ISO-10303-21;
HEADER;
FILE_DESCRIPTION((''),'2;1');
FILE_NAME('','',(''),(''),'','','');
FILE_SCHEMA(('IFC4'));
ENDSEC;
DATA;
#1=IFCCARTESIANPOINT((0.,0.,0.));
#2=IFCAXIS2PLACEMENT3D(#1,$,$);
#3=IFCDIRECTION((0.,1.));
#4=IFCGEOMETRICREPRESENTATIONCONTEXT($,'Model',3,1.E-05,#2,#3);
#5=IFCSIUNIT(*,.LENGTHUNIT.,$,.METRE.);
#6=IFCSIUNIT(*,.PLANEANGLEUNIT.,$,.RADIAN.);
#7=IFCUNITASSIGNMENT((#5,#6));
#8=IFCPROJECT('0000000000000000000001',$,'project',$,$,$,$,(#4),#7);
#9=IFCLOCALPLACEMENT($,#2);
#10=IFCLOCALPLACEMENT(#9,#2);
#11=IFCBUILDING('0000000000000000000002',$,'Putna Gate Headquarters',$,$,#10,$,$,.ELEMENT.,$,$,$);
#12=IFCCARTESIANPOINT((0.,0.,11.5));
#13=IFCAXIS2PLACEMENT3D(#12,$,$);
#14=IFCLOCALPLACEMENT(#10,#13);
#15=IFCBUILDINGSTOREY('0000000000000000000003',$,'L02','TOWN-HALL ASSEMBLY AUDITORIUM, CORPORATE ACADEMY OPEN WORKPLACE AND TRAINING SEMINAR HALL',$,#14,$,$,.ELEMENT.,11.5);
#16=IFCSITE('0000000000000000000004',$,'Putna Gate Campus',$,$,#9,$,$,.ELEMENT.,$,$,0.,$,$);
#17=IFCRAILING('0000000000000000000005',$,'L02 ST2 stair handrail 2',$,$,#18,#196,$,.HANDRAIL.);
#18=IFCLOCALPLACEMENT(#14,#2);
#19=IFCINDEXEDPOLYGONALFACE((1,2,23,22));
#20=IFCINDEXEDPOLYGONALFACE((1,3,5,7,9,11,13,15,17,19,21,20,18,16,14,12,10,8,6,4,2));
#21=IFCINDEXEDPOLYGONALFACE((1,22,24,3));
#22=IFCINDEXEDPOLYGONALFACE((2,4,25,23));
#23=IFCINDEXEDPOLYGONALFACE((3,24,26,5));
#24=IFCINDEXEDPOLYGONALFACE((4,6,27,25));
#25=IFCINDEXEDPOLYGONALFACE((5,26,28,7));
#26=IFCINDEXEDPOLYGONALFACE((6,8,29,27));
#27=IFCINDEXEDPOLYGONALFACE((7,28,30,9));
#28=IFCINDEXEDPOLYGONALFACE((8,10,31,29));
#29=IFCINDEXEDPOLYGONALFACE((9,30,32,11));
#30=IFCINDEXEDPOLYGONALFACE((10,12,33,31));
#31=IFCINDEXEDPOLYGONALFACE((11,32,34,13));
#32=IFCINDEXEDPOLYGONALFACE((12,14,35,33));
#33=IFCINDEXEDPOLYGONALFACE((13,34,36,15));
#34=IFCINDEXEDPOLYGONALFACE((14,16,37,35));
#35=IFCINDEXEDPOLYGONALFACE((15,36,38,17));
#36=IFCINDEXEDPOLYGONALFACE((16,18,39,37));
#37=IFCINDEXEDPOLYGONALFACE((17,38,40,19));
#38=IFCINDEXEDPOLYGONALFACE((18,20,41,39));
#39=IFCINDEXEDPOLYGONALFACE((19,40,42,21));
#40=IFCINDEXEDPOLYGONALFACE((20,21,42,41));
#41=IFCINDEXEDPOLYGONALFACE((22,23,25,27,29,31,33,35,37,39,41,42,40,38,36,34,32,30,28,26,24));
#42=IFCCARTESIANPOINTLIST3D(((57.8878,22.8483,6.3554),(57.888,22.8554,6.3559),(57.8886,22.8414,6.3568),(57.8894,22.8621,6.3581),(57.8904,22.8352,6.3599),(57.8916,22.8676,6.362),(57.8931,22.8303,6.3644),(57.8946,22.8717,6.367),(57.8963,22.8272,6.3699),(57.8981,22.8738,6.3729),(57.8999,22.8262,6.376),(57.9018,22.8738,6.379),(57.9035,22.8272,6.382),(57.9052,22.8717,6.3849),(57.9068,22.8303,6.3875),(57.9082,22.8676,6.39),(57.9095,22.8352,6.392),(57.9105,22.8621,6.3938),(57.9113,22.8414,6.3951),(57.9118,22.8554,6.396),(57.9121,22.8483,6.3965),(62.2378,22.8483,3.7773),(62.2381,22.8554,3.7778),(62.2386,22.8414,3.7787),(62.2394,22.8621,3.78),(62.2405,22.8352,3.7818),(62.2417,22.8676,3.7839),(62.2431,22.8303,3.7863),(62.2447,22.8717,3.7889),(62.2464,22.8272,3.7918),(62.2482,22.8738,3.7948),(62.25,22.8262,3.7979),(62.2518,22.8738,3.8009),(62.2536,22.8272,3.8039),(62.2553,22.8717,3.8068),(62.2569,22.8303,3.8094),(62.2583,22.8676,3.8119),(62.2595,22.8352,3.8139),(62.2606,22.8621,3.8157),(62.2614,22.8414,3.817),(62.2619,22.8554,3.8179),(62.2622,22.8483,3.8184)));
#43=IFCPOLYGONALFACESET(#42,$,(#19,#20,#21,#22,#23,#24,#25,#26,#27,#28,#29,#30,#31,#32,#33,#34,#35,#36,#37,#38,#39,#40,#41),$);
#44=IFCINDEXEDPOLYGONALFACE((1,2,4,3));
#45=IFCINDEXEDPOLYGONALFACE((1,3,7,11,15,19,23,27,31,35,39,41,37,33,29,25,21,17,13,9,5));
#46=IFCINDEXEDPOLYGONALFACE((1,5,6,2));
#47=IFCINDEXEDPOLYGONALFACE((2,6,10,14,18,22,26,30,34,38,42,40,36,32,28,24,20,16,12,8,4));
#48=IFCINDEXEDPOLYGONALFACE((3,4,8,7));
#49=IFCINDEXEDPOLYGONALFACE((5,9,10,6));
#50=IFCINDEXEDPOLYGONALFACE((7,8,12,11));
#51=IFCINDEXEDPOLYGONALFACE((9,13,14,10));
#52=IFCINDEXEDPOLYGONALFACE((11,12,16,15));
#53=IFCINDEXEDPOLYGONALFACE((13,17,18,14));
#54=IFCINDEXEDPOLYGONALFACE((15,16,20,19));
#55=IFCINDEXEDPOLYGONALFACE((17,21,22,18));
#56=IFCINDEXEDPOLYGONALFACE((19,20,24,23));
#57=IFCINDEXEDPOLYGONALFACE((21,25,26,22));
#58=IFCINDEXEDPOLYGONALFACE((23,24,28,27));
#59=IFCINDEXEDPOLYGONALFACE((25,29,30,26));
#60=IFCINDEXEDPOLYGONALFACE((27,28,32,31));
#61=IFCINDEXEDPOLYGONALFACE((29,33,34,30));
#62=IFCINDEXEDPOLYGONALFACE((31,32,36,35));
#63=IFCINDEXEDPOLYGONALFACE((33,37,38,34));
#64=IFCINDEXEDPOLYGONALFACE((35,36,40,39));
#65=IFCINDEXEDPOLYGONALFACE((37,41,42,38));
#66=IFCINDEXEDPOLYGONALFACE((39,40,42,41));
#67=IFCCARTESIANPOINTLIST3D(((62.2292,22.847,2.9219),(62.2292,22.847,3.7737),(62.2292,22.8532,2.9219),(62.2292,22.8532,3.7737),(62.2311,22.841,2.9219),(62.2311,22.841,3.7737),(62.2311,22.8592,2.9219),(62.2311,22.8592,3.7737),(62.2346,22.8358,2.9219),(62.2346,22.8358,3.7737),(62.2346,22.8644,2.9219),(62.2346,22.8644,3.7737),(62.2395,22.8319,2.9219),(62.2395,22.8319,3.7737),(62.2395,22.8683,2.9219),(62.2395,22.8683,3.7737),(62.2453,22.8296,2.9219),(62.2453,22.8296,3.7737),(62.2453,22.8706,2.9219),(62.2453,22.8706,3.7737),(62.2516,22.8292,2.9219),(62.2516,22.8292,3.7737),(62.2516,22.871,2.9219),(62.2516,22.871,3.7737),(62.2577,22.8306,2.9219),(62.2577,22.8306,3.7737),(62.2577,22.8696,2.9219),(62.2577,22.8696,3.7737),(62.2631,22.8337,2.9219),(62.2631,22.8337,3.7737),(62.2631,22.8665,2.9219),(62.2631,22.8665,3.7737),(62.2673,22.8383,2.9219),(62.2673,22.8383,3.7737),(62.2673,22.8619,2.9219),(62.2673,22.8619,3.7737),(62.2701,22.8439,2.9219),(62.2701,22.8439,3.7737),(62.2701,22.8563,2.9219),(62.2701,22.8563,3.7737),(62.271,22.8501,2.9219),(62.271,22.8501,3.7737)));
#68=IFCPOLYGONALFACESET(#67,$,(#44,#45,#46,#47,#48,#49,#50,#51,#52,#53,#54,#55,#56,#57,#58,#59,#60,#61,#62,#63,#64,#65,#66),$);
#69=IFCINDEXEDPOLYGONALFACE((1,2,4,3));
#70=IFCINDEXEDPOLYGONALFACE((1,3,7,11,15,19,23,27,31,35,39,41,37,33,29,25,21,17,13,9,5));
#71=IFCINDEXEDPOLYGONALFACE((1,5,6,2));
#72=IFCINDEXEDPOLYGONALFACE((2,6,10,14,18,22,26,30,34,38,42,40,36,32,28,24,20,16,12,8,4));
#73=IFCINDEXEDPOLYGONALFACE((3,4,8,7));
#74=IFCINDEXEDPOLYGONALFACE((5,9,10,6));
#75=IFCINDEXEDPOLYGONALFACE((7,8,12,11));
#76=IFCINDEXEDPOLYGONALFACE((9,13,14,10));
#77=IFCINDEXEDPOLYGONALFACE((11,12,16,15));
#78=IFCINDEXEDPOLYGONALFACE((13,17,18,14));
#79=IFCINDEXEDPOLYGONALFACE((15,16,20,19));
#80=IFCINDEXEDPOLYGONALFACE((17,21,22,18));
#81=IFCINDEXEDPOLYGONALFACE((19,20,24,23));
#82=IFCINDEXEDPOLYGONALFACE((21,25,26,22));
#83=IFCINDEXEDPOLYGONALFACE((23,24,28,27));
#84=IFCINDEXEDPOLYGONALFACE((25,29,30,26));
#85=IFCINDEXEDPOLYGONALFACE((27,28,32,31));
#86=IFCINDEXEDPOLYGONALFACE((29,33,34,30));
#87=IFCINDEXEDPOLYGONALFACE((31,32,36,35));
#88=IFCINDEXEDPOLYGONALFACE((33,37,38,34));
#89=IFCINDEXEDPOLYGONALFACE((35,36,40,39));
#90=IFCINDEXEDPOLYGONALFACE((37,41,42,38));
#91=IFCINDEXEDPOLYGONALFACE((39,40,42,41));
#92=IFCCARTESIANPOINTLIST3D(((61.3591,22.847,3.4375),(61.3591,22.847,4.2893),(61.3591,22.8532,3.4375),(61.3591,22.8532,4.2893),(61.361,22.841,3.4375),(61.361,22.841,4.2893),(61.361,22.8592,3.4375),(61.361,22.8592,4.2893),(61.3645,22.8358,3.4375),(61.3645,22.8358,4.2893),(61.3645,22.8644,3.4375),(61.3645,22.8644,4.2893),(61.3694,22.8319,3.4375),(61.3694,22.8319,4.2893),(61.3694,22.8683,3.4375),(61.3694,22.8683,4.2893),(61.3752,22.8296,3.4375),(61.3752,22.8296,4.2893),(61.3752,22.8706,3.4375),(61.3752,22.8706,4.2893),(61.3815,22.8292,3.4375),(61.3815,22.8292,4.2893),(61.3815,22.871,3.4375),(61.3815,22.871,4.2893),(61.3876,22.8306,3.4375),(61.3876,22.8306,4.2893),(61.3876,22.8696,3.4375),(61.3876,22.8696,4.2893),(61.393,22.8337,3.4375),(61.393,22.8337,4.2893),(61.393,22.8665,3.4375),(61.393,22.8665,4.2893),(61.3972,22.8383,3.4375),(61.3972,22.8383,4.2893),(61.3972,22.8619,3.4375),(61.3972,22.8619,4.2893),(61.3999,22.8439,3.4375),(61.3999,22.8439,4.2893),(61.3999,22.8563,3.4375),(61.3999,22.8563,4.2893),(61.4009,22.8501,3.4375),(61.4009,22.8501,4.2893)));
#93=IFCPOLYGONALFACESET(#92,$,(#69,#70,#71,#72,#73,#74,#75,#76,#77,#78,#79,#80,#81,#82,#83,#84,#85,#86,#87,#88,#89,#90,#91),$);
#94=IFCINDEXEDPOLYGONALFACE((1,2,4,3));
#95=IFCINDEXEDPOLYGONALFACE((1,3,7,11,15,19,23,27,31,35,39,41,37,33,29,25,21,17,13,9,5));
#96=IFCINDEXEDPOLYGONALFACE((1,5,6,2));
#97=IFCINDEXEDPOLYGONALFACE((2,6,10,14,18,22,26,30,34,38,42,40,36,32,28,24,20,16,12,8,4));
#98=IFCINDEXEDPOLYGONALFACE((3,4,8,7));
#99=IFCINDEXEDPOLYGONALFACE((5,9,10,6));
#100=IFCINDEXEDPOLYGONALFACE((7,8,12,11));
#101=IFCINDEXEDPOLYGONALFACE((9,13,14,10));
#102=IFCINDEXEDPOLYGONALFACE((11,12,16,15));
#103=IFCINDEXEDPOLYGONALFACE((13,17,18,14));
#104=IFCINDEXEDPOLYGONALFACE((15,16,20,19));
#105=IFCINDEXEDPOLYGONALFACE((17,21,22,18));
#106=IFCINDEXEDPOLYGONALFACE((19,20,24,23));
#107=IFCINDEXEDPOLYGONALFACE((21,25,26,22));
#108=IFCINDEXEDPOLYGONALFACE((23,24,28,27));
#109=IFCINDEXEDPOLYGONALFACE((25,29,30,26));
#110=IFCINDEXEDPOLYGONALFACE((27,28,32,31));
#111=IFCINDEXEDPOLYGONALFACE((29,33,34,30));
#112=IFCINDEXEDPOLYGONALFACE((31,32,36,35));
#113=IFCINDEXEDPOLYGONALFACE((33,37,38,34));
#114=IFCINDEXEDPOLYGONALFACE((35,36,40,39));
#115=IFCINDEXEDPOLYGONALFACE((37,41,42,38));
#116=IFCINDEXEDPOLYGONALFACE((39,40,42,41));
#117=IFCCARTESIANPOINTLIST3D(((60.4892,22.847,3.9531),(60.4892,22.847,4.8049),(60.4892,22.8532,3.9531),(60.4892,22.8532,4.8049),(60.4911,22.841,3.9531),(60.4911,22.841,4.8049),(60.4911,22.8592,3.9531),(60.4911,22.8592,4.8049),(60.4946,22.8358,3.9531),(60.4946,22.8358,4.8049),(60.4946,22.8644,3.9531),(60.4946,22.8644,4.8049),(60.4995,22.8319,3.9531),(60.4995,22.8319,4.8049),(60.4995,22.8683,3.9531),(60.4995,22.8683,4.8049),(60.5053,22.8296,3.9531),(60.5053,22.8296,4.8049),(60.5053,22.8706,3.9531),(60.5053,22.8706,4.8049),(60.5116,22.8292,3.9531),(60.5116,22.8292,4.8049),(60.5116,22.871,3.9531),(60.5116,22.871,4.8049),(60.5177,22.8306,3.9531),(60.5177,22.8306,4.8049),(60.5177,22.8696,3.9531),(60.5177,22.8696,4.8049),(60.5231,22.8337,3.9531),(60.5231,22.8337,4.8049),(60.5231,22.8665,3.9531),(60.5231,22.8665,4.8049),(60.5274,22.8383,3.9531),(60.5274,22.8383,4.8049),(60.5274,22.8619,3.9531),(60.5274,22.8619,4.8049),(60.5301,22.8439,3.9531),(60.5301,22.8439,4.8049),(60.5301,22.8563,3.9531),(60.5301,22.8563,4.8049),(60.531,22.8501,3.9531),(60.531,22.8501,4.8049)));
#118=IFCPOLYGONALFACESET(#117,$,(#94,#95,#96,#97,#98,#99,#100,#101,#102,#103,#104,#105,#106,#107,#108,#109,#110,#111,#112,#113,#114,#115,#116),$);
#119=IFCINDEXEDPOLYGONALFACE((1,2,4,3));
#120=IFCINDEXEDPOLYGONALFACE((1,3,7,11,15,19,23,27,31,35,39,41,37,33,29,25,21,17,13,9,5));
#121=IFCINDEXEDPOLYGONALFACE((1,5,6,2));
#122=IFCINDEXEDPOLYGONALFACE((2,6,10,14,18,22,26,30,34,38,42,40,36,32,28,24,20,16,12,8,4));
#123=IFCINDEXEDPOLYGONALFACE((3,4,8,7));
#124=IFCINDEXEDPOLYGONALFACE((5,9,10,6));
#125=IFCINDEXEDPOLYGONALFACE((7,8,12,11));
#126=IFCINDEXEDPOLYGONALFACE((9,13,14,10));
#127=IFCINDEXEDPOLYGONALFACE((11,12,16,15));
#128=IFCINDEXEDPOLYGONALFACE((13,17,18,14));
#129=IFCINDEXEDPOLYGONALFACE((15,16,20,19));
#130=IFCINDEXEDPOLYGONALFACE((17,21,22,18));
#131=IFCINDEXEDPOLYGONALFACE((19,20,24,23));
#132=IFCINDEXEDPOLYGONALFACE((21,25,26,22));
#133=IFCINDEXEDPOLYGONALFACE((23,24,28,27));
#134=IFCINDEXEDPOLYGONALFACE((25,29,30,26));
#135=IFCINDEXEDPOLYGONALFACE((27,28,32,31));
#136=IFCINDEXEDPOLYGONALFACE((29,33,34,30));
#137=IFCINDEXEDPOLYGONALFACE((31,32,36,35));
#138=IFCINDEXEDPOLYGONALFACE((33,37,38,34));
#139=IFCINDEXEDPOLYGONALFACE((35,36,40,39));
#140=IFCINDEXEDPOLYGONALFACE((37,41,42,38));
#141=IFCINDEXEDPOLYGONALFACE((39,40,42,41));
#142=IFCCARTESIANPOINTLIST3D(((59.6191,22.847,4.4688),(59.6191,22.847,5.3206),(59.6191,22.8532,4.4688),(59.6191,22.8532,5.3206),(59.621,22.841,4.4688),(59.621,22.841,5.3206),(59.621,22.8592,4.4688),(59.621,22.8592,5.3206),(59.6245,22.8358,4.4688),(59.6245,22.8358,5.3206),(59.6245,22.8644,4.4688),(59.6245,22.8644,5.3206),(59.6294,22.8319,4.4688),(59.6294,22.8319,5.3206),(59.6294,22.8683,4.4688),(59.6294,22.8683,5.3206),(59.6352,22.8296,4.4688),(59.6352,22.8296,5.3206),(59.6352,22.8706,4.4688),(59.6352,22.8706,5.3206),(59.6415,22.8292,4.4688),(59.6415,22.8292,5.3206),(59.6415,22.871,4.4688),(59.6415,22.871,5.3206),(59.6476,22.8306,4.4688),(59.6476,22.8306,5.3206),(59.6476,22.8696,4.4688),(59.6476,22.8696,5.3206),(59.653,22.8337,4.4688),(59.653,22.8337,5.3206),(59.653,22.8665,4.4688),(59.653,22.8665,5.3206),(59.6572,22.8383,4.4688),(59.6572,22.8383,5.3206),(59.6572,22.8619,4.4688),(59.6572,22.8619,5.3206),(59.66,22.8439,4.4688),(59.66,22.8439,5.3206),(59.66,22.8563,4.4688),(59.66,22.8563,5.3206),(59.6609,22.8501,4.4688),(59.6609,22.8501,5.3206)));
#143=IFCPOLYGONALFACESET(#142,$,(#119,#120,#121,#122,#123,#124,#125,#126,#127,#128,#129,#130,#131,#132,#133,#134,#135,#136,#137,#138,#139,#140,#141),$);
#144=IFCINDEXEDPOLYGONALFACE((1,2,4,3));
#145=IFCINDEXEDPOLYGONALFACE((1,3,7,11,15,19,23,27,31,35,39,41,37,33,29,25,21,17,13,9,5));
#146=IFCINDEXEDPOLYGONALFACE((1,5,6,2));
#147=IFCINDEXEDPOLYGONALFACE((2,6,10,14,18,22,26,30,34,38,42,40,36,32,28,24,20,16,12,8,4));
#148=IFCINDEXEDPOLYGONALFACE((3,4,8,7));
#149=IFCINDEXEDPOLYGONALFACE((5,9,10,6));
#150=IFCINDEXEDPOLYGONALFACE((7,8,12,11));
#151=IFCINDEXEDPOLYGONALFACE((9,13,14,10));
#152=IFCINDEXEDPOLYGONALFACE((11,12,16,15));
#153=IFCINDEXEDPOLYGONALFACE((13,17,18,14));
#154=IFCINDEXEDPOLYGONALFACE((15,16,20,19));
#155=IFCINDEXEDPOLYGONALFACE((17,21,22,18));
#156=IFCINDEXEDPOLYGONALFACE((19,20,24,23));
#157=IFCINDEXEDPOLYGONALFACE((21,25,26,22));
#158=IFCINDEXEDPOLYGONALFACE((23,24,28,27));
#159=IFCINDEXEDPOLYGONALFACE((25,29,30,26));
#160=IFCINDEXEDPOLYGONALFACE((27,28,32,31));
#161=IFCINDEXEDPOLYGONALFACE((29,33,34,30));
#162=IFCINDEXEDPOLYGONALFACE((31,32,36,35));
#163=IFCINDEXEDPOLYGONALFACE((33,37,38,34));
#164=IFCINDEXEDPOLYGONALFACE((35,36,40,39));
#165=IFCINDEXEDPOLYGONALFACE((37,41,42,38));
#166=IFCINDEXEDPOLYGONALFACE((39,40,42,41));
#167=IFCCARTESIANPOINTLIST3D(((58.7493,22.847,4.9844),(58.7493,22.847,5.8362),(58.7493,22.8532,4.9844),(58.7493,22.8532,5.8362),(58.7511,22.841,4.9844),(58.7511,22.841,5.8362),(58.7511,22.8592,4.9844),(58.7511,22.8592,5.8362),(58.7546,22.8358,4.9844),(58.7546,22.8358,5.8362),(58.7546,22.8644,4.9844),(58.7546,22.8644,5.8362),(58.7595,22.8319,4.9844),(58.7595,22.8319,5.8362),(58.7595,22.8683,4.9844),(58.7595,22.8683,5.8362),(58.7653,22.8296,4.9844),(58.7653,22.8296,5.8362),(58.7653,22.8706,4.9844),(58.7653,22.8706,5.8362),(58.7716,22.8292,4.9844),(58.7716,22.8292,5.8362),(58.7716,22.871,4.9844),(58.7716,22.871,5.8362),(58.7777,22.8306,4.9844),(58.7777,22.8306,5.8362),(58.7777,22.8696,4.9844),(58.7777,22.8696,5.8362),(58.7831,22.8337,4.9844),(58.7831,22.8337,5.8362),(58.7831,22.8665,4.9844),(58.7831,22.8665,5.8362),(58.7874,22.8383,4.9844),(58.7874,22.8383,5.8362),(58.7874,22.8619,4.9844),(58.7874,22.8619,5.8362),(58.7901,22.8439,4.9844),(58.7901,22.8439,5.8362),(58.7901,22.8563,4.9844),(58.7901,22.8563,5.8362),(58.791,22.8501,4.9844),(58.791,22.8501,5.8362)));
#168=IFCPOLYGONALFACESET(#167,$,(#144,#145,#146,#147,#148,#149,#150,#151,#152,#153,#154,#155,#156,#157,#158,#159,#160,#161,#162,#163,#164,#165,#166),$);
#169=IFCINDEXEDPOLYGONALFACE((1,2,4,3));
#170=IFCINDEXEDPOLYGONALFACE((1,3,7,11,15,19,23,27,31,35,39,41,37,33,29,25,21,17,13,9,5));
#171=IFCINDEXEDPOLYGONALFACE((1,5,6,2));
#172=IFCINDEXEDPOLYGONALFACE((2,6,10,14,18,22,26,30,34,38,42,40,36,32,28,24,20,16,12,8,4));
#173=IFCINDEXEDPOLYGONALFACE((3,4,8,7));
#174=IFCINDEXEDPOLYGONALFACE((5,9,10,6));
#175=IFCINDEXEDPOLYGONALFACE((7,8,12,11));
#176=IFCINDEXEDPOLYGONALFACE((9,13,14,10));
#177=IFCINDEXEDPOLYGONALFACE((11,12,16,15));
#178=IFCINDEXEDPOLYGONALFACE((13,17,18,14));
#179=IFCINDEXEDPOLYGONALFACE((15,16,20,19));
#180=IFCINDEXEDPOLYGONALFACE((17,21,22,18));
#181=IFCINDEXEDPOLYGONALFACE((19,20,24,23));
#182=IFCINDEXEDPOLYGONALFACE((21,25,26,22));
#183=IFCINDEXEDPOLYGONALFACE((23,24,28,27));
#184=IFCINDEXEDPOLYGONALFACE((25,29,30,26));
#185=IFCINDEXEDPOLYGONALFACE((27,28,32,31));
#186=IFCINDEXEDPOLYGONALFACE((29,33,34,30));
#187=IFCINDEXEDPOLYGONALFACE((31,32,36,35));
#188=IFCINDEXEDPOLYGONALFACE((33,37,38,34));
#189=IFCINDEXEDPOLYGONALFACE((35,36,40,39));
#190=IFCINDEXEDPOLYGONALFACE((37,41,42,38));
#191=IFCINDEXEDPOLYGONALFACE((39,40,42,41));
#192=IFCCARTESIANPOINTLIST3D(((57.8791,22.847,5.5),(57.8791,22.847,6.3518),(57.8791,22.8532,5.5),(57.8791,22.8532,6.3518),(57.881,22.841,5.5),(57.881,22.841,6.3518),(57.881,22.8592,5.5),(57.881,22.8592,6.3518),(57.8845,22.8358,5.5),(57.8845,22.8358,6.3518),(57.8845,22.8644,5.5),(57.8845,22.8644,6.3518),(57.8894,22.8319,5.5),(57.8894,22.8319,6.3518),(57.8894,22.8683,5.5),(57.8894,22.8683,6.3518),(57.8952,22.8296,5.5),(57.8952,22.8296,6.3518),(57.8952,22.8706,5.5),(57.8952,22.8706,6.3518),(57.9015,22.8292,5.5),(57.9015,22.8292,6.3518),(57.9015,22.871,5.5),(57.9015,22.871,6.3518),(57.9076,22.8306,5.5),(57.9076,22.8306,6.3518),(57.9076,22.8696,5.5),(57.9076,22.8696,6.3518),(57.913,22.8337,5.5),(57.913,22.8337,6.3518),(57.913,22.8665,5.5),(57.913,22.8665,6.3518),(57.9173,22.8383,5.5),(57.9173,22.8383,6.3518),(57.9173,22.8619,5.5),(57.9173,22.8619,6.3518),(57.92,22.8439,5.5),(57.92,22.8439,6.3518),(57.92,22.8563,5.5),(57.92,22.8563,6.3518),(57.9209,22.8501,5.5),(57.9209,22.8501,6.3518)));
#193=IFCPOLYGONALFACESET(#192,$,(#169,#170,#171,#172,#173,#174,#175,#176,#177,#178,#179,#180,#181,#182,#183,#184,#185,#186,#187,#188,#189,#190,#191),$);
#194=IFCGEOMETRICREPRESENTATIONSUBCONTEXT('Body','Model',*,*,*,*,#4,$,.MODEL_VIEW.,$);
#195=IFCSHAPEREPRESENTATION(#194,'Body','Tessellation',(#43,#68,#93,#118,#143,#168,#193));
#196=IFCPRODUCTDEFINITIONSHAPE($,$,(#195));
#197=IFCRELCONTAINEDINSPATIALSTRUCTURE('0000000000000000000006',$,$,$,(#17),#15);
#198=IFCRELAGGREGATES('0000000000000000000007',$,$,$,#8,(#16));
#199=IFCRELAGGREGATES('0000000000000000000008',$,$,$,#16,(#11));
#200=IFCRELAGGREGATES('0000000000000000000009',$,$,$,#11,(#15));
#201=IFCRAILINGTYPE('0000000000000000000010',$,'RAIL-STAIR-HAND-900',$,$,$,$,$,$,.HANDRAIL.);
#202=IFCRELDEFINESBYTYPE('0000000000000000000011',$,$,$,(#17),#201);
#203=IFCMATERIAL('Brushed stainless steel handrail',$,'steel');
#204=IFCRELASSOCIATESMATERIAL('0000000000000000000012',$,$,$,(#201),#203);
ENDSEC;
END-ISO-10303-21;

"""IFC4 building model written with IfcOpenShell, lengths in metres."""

from ifc_helpers import new_model, si_unit, direction, frame, origin, origin_2d, place, context, subcontext, project, spatial, circle, extrude, material, type_object, element, save


model = new_model("IFC4")

# Units and contexts
model_context = context("Model", 3, precision=1e-05, world=origin(), true_north=direction((0.0, 1.0)))
body_context = subcontext(model_context, "Body", "Model", "MODEL_VIEW")
ifc_project = project(units=[si_unit("LENGTHUNIT", "METRE"), si_unit("PLANEANGLEUNIT", "RADIAN")], contexts=[model_context])

# Site, building, storey
site_placement = place(None, origin())
site = spatial("IfcSite", under=ifc_project, at=site_placement, Name="Putna Gate Campus", CompositionType="ELEMENT", RefElevation=0.0)
building_placement = place(site_placement, origin())
building = spatial("IfcBuilding", under=site, at=building_placement, Name="Putna Gate Headquarters", CompositionType="ELEMENT")
storey_placement = place(building_placement, frame((0.0, 0.0, 11.5)))
storey = spatial("IfcBuildingStorey", under=building, at=storey_placement, Name="L02", Description="TOWN-HALL ASSEMBLY AUDITORIUM, CORPORATE ACADEMY OPEN WORKPLACE AND TRAINING SEMINAR HALL", CompositionType="ELEMENT", Elevation=11.5)

# Railing
ifc_material_1 = material(Name="Brushed stainless steel handrail", Category="steel")
railing_type_1 = type_object("IfcRailingType", Name="RAIL-STAIR-HAND-900", PredefinedType="HANDRAIL", material=ifc_material_1)
railing_1_placement = place(storey_placement, frame((62.25, 22.8501, 2.9219)))
element("IfcRailing", 1, at=railing_1_placement, inside=storey, type_object=railing_type_1, Name="L02 ST2 stair handrail 2", PredefinedType="HANDRAIL", context=body_context, shape_type="SweptSolid", body=[
    extrude(circle(Radius=0.0239, at=origin_2d()), frame((0.0, 0.0, 0.876), z_axis=(-0.860266, 0.0, 0.509845), x_axis=(0.0, -1.0, 0.0)), (0.0, 0.0, 1.0), 5.0566),
    extrude(circle(Radius=0.021, at=origin_2d()), origin(), (0.0, 0.0, 1.0), 0.8518),
    extrude(circle(Radius=0.021, at=origin_2d()), frame((-0.8701, 0.0, 0.5156)), (0.0, 0.0, 1.0), 0.8518),
    extrude(circle(Radius=0.021, at=origin_2d()), frame((-1.74, 0.0, 1.0312)), (0.0, 0.0, 1.0), 0.8518),
    extrude(circle(Radius=0.021, at=origin_2d()), frame((-2.6101, 0.0, 1.5469)), (0.0, 0.0, 1.0), 0.8518),
    extrude(circle(Radius=0.021, at=origin_2d()), frame((-3.48, 0.0, 2.0625)), (0.0, 0.0, 1.0), 0.8518),
    extrude(circle(Radius=0.021, at=origin_2d()), frame((-4.3501, 0.0, 2.5781)), (0.0, 0.0, 1.0), 0.8518),
])

save(model, "model.ifc")
